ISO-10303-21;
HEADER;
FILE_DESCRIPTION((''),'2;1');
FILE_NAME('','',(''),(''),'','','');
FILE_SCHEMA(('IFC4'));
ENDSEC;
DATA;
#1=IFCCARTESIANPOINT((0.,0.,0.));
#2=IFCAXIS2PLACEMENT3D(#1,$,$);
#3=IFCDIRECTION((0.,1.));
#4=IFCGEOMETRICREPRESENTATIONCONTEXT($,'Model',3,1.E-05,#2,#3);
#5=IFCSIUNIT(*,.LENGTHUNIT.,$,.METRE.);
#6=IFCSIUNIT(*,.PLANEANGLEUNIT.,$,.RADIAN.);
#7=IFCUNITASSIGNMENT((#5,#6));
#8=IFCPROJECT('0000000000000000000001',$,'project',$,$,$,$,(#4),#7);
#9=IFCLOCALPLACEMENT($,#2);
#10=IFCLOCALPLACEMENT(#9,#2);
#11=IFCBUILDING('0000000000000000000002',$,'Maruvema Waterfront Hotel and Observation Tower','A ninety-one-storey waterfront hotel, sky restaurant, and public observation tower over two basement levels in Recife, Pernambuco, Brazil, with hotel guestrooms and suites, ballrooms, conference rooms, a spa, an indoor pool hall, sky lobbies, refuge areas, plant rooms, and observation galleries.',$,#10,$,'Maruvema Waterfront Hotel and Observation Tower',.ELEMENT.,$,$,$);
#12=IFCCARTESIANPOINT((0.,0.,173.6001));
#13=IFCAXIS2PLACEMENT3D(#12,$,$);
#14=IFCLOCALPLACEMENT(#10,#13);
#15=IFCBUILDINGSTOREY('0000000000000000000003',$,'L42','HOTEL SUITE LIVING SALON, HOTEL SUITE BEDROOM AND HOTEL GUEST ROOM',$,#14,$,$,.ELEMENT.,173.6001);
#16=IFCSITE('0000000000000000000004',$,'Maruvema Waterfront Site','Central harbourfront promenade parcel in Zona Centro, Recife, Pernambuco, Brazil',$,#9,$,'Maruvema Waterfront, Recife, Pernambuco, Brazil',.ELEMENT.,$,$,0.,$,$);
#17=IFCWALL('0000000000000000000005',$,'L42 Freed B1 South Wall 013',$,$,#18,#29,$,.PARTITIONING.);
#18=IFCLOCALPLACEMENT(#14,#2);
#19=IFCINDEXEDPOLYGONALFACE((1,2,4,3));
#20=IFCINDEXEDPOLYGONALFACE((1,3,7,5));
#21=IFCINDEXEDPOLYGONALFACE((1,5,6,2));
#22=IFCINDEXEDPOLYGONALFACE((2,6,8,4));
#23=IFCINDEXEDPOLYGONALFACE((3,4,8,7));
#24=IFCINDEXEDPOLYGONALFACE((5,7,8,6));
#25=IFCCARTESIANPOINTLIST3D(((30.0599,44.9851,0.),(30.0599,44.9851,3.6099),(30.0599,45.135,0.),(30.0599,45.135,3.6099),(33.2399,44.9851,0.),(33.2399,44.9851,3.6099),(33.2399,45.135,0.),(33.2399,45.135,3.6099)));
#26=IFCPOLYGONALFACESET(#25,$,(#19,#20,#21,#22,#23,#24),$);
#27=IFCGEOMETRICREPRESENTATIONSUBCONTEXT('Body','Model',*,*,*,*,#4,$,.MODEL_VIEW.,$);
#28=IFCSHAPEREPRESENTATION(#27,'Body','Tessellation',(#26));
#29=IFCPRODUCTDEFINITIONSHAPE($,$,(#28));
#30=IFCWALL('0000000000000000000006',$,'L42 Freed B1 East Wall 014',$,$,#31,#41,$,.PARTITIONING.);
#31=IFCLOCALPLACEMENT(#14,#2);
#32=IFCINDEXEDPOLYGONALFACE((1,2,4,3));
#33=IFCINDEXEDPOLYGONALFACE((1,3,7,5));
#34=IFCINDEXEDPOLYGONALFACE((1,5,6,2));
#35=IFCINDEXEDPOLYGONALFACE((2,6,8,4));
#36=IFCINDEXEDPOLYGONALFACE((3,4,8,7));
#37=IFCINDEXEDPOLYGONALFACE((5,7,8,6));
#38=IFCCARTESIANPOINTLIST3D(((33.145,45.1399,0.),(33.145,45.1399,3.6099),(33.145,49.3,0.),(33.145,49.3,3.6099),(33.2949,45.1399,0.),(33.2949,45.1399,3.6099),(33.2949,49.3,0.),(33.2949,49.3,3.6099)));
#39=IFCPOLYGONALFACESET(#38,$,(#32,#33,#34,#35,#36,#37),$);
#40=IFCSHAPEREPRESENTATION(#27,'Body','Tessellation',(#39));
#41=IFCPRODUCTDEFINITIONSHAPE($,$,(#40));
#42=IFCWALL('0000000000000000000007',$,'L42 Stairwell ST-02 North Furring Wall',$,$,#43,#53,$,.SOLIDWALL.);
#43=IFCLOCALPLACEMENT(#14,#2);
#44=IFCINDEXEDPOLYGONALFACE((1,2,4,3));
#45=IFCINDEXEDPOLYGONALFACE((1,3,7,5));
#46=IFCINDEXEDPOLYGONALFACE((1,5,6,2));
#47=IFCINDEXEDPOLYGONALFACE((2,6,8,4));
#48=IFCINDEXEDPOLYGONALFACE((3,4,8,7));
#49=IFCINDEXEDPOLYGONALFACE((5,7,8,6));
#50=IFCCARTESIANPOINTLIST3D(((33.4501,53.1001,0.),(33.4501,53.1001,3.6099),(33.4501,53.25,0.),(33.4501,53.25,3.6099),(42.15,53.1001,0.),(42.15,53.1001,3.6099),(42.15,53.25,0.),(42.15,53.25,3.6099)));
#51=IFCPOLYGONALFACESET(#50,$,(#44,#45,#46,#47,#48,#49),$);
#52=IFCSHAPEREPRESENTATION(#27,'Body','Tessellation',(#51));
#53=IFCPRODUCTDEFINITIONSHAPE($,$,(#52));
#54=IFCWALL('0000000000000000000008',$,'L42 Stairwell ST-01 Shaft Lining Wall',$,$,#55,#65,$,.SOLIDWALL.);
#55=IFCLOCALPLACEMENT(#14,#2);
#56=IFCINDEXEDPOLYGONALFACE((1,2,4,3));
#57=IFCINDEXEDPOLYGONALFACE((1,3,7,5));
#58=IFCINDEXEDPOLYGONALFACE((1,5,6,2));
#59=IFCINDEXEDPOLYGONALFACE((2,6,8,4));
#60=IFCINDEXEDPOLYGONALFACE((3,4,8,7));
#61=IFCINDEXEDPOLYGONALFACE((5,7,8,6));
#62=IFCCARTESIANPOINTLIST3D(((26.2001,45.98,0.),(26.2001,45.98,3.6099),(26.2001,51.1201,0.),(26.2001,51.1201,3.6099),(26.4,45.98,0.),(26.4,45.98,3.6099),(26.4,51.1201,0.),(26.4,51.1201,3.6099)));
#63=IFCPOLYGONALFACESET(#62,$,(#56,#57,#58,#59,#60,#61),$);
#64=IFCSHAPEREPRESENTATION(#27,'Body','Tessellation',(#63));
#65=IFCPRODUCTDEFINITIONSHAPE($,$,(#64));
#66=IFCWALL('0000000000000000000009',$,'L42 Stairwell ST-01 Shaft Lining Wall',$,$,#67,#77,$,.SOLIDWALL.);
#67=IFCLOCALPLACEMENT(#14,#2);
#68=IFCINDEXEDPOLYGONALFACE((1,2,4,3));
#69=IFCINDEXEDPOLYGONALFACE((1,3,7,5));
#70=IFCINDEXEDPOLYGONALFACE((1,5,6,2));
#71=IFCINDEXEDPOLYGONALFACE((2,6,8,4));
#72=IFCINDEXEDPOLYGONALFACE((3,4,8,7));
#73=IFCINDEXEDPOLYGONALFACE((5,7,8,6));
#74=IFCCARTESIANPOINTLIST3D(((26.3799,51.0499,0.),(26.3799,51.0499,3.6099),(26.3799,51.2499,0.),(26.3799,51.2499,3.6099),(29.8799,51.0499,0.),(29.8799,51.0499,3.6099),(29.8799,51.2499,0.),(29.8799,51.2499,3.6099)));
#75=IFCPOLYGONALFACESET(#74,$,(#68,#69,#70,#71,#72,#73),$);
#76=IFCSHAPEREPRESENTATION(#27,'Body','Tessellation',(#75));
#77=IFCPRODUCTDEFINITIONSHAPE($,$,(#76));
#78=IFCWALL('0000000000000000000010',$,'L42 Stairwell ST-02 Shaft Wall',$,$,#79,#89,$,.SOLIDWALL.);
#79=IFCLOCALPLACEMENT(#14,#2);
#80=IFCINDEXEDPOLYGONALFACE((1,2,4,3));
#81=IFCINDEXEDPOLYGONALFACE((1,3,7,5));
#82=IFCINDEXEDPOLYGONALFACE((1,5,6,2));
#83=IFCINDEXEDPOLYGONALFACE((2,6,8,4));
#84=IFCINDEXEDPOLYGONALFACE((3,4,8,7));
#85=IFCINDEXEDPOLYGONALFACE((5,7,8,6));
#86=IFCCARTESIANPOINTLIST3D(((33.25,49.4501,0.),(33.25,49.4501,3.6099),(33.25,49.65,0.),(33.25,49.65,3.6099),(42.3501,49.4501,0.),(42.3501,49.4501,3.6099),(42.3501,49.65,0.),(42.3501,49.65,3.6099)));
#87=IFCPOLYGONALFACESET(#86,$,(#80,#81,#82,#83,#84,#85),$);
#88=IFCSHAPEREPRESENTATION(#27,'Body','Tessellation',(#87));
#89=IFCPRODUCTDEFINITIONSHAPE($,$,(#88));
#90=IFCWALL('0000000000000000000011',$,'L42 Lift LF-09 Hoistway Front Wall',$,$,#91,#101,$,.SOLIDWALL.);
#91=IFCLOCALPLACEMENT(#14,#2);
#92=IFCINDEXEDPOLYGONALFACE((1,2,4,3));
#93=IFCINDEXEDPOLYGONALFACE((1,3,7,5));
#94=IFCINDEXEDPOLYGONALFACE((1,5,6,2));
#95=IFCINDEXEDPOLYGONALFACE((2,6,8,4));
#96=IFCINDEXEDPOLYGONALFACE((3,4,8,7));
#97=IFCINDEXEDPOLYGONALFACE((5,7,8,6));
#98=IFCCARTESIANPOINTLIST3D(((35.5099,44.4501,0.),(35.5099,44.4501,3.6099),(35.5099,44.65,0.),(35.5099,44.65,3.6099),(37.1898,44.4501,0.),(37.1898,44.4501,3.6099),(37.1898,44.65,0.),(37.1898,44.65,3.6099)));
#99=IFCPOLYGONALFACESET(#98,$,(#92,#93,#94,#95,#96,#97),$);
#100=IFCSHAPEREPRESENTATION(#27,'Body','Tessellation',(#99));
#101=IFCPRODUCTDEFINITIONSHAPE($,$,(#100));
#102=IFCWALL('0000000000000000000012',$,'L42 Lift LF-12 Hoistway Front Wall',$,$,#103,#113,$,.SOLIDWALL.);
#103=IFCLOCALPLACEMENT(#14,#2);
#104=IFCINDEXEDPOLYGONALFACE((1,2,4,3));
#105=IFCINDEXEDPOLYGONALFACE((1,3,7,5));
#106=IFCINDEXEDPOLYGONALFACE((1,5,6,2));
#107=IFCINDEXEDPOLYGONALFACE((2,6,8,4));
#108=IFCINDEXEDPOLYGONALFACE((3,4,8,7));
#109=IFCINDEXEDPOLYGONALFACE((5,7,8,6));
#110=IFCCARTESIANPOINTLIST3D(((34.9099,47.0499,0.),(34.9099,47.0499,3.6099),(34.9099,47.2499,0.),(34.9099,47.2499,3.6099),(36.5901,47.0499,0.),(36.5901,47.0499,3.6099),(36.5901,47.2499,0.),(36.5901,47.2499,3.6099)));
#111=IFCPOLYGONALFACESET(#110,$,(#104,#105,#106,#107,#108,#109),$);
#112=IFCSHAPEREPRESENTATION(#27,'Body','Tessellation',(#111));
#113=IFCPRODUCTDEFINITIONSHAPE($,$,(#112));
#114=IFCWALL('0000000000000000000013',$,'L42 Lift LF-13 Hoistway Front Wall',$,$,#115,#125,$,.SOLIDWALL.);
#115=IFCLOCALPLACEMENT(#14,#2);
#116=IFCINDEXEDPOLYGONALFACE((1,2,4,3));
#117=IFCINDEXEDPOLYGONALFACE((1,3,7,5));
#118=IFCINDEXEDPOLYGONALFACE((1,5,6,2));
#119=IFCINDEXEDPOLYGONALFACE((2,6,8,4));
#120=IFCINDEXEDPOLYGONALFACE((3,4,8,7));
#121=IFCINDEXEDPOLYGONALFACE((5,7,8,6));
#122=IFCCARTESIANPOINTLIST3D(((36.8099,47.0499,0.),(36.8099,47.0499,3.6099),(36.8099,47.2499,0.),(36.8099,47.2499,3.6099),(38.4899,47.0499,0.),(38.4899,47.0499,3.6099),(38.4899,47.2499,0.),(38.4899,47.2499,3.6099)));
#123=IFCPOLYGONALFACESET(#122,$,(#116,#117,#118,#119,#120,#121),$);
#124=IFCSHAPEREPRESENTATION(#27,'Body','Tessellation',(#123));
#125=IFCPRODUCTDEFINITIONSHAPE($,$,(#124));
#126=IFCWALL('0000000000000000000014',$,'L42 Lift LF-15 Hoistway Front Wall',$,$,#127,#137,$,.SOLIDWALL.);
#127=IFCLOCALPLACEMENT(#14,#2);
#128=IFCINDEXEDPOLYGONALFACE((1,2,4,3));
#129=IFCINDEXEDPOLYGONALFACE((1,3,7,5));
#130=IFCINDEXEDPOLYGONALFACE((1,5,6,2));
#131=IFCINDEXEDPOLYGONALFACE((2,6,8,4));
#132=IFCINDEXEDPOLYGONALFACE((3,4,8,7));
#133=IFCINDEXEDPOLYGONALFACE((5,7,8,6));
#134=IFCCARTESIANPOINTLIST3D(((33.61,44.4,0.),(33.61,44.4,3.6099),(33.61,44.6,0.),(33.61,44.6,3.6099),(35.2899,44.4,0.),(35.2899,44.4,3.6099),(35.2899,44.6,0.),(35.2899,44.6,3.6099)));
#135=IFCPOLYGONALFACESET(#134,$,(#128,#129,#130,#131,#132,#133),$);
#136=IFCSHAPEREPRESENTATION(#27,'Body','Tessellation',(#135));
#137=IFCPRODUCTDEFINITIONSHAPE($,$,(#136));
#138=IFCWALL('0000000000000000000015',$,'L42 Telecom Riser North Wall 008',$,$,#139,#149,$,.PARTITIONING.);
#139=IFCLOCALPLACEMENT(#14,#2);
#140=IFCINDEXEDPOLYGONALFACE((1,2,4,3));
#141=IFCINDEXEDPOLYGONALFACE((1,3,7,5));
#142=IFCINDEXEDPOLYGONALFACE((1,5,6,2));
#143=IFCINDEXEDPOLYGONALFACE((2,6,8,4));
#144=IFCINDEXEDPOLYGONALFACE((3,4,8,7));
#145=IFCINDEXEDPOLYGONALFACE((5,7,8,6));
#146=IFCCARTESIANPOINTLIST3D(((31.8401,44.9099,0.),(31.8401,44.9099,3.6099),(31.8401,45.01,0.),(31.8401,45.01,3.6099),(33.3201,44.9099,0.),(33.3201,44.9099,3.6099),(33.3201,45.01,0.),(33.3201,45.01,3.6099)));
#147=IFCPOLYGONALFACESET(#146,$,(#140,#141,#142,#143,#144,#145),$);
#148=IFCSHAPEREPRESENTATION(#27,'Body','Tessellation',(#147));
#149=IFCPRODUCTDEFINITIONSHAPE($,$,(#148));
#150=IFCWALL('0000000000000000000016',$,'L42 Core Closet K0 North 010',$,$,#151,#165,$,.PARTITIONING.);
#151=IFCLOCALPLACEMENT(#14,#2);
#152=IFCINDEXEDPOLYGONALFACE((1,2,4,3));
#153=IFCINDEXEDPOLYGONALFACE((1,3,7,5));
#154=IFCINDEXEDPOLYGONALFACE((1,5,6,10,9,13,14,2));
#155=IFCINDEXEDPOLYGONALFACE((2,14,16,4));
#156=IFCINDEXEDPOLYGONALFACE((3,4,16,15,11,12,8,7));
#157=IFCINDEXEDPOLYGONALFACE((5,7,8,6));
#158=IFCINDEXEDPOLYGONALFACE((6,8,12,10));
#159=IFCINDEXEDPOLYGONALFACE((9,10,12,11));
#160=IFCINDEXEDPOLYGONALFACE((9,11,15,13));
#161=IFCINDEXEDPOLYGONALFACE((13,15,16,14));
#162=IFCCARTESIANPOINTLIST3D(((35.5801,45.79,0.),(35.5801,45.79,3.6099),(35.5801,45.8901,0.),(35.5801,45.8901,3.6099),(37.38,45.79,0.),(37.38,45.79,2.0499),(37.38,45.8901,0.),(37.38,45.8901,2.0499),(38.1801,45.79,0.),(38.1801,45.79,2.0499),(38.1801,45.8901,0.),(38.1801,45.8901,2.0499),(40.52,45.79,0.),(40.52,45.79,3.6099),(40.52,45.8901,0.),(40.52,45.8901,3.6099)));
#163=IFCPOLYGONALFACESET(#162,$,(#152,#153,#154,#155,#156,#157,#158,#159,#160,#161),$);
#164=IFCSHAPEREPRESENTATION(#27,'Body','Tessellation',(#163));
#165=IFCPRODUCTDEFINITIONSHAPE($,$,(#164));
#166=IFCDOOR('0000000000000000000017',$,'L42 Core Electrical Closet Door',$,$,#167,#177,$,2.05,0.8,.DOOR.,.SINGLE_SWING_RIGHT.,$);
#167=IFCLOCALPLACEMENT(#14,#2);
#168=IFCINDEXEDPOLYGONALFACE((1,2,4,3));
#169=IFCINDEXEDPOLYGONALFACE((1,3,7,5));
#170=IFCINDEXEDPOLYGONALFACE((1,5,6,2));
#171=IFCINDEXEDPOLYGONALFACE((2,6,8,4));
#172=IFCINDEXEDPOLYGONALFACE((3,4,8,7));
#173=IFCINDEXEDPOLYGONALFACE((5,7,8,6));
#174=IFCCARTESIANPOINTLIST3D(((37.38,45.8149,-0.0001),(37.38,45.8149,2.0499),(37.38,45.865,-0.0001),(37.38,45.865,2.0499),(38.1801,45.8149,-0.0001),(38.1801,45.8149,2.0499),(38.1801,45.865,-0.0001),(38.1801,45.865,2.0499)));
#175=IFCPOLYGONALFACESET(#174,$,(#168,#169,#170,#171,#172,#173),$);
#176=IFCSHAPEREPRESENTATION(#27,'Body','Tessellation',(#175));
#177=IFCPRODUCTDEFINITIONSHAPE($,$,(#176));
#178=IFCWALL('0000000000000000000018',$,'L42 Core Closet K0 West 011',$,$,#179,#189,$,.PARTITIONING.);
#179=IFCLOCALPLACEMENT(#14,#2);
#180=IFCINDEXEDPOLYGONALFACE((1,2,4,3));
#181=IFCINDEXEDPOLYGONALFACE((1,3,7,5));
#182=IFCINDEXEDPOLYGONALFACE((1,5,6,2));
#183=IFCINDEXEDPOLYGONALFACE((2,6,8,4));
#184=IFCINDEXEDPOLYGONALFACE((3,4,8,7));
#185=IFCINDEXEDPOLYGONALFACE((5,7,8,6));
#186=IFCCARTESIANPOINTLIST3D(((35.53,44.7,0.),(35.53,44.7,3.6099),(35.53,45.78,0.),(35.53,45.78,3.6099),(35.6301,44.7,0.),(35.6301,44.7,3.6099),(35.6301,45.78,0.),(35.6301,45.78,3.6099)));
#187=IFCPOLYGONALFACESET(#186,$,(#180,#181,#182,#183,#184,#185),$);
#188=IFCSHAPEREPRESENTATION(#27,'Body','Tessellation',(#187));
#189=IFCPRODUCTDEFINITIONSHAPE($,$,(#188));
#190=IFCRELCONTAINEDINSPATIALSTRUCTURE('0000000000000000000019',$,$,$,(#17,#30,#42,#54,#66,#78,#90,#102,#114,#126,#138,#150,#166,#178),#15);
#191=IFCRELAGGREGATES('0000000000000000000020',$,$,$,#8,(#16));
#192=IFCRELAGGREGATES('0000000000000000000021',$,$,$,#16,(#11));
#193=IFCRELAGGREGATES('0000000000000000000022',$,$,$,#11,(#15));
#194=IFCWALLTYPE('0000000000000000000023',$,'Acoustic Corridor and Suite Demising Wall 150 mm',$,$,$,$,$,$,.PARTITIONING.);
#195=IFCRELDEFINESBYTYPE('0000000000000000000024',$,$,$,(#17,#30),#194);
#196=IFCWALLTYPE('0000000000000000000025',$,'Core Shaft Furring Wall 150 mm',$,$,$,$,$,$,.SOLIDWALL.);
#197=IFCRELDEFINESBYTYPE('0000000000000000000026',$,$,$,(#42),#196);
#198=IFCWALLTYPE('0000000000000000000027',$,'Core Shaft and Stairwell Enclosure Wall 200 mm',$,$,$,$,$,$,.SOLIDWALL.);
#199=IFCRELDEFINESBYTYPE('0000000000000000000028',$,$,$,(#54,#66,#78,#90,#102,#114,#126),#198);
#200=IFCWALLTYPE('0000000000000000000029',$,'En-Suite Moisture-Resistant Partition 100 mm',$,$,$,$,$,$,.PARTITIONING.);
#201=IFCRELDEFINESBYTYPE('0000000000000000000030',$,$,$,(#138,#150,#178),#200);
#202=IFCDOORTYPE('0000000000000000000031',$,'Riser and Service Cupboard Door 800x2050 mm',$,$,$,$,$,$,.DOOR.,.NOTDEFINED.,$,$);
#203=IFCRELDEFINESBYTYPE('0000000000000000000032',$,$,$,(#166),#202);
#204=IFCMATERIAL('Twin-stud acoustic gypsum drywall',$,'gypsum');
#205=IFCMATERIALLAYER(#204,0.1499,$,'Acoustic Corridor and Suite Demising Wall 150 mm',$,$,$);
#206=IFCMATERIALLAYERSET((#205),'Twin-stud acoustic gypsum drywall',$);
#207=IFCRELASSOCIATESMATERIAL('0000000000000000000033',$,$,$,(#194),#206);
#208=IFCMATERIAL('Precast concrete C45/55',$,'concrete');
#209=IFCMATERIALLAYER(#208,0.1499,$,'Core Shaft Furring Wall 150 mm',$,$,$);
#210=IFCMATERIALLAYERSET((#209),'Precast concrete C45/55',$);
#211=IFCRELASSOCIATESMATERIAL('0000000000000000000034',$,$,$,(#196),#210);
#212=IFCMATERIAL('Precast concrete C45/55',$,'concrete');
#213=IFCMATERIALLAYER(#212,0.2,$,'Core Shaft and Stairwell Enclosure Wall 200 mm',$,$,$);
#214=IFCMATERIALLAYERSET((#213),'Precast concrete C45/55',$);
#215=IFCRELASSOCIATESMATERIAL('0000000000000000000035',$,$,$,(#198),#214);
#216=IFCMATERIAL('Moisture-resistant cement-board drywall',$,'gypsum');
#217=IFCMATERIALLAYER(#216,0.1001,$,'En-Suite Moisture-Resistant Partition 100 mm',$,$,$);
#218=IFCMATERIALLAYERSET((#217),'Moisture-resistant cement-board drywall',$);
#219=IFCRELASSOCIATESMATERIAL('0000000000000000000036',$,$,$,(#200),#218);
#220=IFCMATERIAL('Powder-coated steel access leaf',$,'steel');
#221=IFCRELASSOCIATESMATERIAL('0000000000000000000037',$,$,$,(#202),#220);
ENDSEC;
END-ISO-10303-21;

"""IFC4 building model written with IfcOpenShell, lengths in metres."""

from ifc_helpers import new_model, si_unit, direction, frame, frame_2d, origin, place, context, subcontext, project, spatial, rectangle, extrude, material, layer, layer_set, type_object, element, fill, save


model = new_model("IFC4")

# Units and contexts
model_context = context("Model", 3, precision=1e-05, world=origin(), true_north=direction((0.0, 1.0)))
body_context = subcontext(model_context, "Body", "Model", "MODEL_VIEW")
ifc_project = project(units=[si_unit("LENGTHUNIT", "METRE"), si_unit("PLANEANGLEUNIT", "RADIAN")], contexts=[model_context])

# Site, building, storey
site_placement = place(None, origin())
site = spatial("IfcSite", under=ifc_project, at=site_placement, Name="Maruvema Waterfront Site", Description="Central harbourfront promenade parcel in Zona Centro, Recife, Pernambuco, Brazil", LongName="Maruvema Waterfront, Recife, Pernambuco, Brazil", CompositionType="ELEMENT", RefElevation=0.0)
building_placement = place(site_placement, origin())
building = spatial("IfcBuilding", under=site, at=building_placement, Name="Maruvema Waterfront Hotel and Observation Tower", Description="A ninety-one-storey waterfront hotel, sky restaurant, and public observation tower over two basement levels in Recife, Pernambuco, Brazil, with hotel guestrooms and suites, ballrooms, conference rooms, a spa, an indoor pool hall, sky lobbies, refuge areas, plant rooms, and observation galleries.", LongName="Maruvema Waterfront Hotel and Observation Tower", CompositionType="ELEMENT")
storey_placement = place(building_placement, frame((0.0, 0.0, 173.6001)))
storey = spatial("IfcBuildingStorey", under=building, at=storey_placement, Name="L42", Description="HOTEL SUITE LIVING SALON, HOTEL SUITE BEDROOM AND HOTEL GUEST ROOM", CompositionType="ELEMENT", Elevation=173.6001)

# Walls
ifc_material_1 = material(Name="Twin-stud acoustic gypsum drywall", Category="gypsum")
ifc_layer_1 = layer(ifc_material_1, 0.1499, Name="Acoustic Corridor and Suite Demising Wall 150 mm")
ifc_layer_set_1 = layer_set([ifc_layer_1], Name="Twin-stud acoustic gypsum drywall")
wall_type_1 = type_object("IfcWallType", Name="Acoustic Corridor and Suite Demising Wall 150 mm", PredefinedType="PARTITIONING", material=ifc_layer_set_1)
wall_1_placement = place(storey_placement, frame((30.0601, 45.0601, 0.0), z_axis=(0.0, 0.0, 1.0), x_axis=(1.0, 0.0, 0.0)))
element("IfcWall", 1, at=wall_1_placement, inside=storey, type_object=wall_type_1, Name="L42 Freed B1 South Wall 013", PredefinedType="PARTITIONING", context=body_context, shape_type="SweptSolid", body=[
    extrude(rectangle(XDim=3.1799, YDim=0.1499, at=frame_2d((1.5898, 0.0))), origin(), (0.0, 0.0, 1.0), 3.6099),
])
wall_2_placement = place(storey_placement, frame((33.22, 45.1399, 0.0), z_axis=(0.0, 0.0, 1.0), x_axis=(0.0, 1.0, 0.0)))
element("IfcWall", 2, at=wall_2_placement, inside=storey, type_object=wall_type_1, Name="L42 Freed B1 East Wall 014", PredefinedType="PARTITIONING", context=body_context, shape_type="SweptSolid", body=[
    extrude(rectangle(XDim=4.1602, YDim=0.1499, at=frame_2d((2.0801, 0.0))), origin(), (0.0, 0.0, 1.0), 3.6099),
])
ifc_material_2 = material(Name="Precast concrete C45/55", Category="concrete")
ifc_layer_2 = layer(ifc_material_2, 0.1499, Name="Core Shaft Furring Wall 150 mm")
ifc_layer_set_2 = layer_set([ifc_layer_2], Name="Precast concrete C45/55")
wall_type_2 = type_object("IfcWallType", Name="Core Shaft Furring Wall 150 mm", PredefinedType="SOLIDWALL", material=ifc_layer_set_2)
wall_3_placement = place(storey_placement, frame((33.45, 53.175, 0.0), z_axis=(0.0, 0.0, 1.0), x_axis=(1.0, 0.0, 0.0)))
element("IfcWall", 3, at=wall_3_placement, inside=storey, type_object=wall_type_2, Name="L42 Stairwell ST-02 North Furring Wall", PredefinedType="SOLIDWALL", context=body_context, shape_type="SweptSolid", body=[
    extrude(rectangle(XDim=8.7, YDim=0.1499, at=frame_2d((4.3501, 0.0))), origin(), (0.0, 0.0, 1.0), 3.6099),
])
ifc_material_3 = material(Name="Precast concrete C45/55", Category="concrete")
ifc_layer_3 = layer(ifc_material_3, 0.2, Name="Core Shaft and Stairwell Enclosure Wall 200 mm")
ifc_layer_set_3 = layer_set([ifc_layer_3], Name="Precast concrete C45/55")
wall_type_3 = type_object("IfcWallType", Name="Core Shaft and Stairwell Enclosure Wall 200 mm", PredefinedType="SOLIDWALL", material=ifc_layer_set_3)
wall_4_placement = place(storey_placement, frame((26.3, 45.98, 0.0), z_axis=(0.0, 0.0, 1.0), x_axis=(0.0, 1.0, 0.0)))
element("IfcWall", 4, at=wall_4_placement, inside=storey, type_object=wall_type_3, Name="L42 Stairwell ST-01 Shaft Lining Wall", PredefinedType="SOLIDWALL", context=body_context, shape_type="SweptSolid", body=[
    extrude(rectangle(XDim=5.1401, YDim=0.2, at=frame_2d((2.5701, 0.0))), origin(), (0.0, 0.0, 1.0), 3.6099),
])
wall_5_placement = place(storey_placement, frame((26.3799, 51.1499, 0.0), z_axis=(0.0, 0.0, 1.0), x_axis=(1.0, 0.0, 0.0)))
element("IfcWall", 5, at=wall_5_placement, inside=storey, type_object=wall_type_3, Name="L42 Stairwell ST-01 Shaft Lining Wall", PredefinedType="SOLIDWALL", context=body_context, shape_type="SweptSolid", body=[
    extrude(rectangle(XDim=3.5, YDim=0.2, at=frame_2d((1.75, 0.0))), origin(), (0.0, 0.0, 1.0), 3.6099),
])
wall_6_placement = place(storey_placement, frame((33.25, 49.55, 0.0), z_axis=(0.0, 0.0, 1.0), x_axis=(1.0, 0.0, 0.0)))
element("IfcWall", 6, at=wall_6_placement, inside=storey, type_object=wall_type_3, Name="L42 Stairwell ST-02 Shaft Wall", PredefinedType="SOLIDWALL", context=body_context, shape_type="SweptSolid", body=[
    extrude(rectangle(XDim=9.1001, YDim=0.2, at=frame_2d((4.55, 0.0))), origin(), (0.0, 0.0, 1.0), 3.6099),
])

# Walls
wall_7_placement = place(storey_placement, frame((35.51, 44.55, 0.0), z_axis=(0.0, 0.0, 1.0), x_axis=(1.0, 0.0, 0.0)))
element("IfcWall", 7, at=wall_7_placement, inside=storey, type_object=wall_type_3, Name="L42 Lift LF-09 Hoistway Front Wall", PredefinedType="SOLIDWALL", context=body_context, shape_type="SweptSolid", body=[
    extrude(rectangle(XDim=1.6799, YDim=0.2, at=frame_2d((0.8398, 0.0))), origin(), (0.0, 0.0, 1.0), 3.6099),
])
wall_8_placement = place(storey_placement, frame((34.9099, 47.1499, 0.0), z_axis=(0.0, 0.0, 1.0), x_axis=(1.0, 0.0, 0.0)))
element("IfcWall", 8, at=wall_8_placement, inside=storey, type_object=wall_type_3, Name="L42 Lift LF-12 Hoistway Front Wall", PredefinedType="SOLIDWALL", context=body_context, shape_type="SweptSolid", body=[
    extrude(rectangle(XDim=1.6802, YDim=0.2, at=frame_2d((0.8401, 0.0))), origin(), (0.0, 0.0, 1.0), 3.6099),
])
for number, where, z_axis, x_axis, name in (
    (9, (36.8101, 47.1499, 0.0), (0.0, 0.0, 1.0), (1.0, 0.0, 0.0), "L42 Lift LF-13 Hoistway Front Wall"),
    (10, (33.6101, 44.5, 0.0), (0.0, 0.0, 1.0), (1.0, 0.0, 0.0), "L42 Lift LF-15 Hoistway Front Wall"),
):
    element("IfcWall", number, at=place(storey_placement, frame(where, z_axis=z_axis, x_axis=x_axis)), inside=storey, type_object=wall_type_3, Name=name, PredefinedType="SOLIDWALL", context=body_context, shape_type="SweptSolid", body=[
        extrude(rectangle(XDim=1.6799, YDim=0.2, at=frame_2d((0.8398, 0.0))), origin(), (0.0, 0.0, 1.0), 3.6099),
    ])
ifc_material_4 = material(Name="Moisture-resistant cement-board drywall", Category="gypsum")
ifc_layer_4 = layer(ifc_material_4, 0.1001, Name="En-Suite Moisture-Resistant Partition 100 mm")
ifc_layer_set_4 = layer_set([ifc_layer_4], Name="Moisture-resistant cement-board drywall")
wall_type_4 = type_object("IfcWallType", Name="En-Suite Moisture-Resistant Partition 100 mm", PredefinedType="PARTITIONING", material=ifc_layer_set_4)
wall_9_placement = place(storey_placement, frame((31.8401, 44.96, 0.0), z_axis=(0.0, 0.0, 1.0), x_axis=(1.0, 0.0, 0.0)))
element("IfcWall", 11, at=wall_9_placement, inside=storey, type_object=wall_type_4, Name="L42 Telecom Riser North Wall 008", PredefinedType="PARTITIONING", context=body_context, shape_type="SweptSolid", body=[
    extrude(rectangle(XDim=1.48, YDim=0.1001, at=frame_2d((0.74, 0.0))), origin(), (0.0, 0.0, 1.0), 3.6099),
])

# Wall, opening, door
wall_10_placement = place(storey_placement, frame((35.5801, 45.8401, 0.0), z_axis=(0.0, 0.0, 1.0), x_axis=(1.0, 0.0, 0.0)))
wall_10 = element("IfcWall", 12, at=wall_10_placement, inside=storey, type_object=wall_type_4, Name="L42 Core Closet K0 North 010", PredefinedType="PARTITIONING", context=body_context, shape_type="SweptSolid", body=[
    extrude(rectangle(XDim=4.9399, YDim=0.1001, at=frame_2d((2.47, 0.0))), origin(), (0.0, 0.0, 1.0), 3.6099),
])
opening_1_placement = place(wall_10_placement, frame((1.8, 0.0, 0.0)))
opening_1 = element("IfcOpeningElement", 13, at=opening_1_placement, cuts=wall_10, PredefinedType="OPENING", context=body_context, shape_type="SweptSolid", body=[
    extrude(rectangle(XDim=0.8, YDim=2.05, at=frame_2d((0.3999, 1.0249))), frame((0.0, 0.0601, 0.0), z_axis=(0.0, -1.0, 0.0), x_axis=(1.0, 0.0, 0.0)), (0.0, 0.0, 1.0), 0.1201),
])
ifc_material_5 = material(Name="Powder-coated steel access leaf", Category="steel")
door_type_1 = type_object("IfcDoorType", Name="Riser and Service Cupboard Door 800x2050 mm", OperationType="NOTDEFINED", PredefinedType="DOOR", material=ifc_material_5)
door_1_placement = place(opening_1_placement, origin())
door_1 = element("IfcDoor", 14, at=door_1_placement, inside=storey, type_object=door_type_1, Name="L42 Core Electrical Closet Door", OperationType="SINGLE_SWING_RIGHT", OverallHeight=2.05, OverallWidth=0.8, PredefinedType="DOOR", context=body_context, shape_type="SweptSolid", body=[
    extrude(rectangle(XDim=0.8, YDim=2.05, at=frame_2d((0.3999, 1.0249))), frame((0.0, 0.0249, 0.0), z_axis=(0.0, -1.0, 0.0), x_axis=(1.0, 0.0, 0.0)), (0.0, 0.0, 1.0), 0.05),
])
fill(opening_1, door_1)

# Wall
wall_11_placement = place(storey_placement, frame((35.5801, 44.7, 0.0), z_axis=(0.0, 0.0, 1.0), x_axis=(0.0, 1.0, 0.0)))
element("IfcWall", 15, at=wall_11_placement, inside=storey, type_object=wall_type_4, Name="L42 Core Closet K0 West 011", PredefinedType="PARTITIONING", context=body_context, shape_type="SweptSolid", body=[
    extrude(rectangle(XDim=1.0801, YDim=0.1001, at=frame_2d((0.54, 0.0))), origin(), (0.0, 0.0, 1.0), 3.6099),
])

save(model, "model.ifc")
